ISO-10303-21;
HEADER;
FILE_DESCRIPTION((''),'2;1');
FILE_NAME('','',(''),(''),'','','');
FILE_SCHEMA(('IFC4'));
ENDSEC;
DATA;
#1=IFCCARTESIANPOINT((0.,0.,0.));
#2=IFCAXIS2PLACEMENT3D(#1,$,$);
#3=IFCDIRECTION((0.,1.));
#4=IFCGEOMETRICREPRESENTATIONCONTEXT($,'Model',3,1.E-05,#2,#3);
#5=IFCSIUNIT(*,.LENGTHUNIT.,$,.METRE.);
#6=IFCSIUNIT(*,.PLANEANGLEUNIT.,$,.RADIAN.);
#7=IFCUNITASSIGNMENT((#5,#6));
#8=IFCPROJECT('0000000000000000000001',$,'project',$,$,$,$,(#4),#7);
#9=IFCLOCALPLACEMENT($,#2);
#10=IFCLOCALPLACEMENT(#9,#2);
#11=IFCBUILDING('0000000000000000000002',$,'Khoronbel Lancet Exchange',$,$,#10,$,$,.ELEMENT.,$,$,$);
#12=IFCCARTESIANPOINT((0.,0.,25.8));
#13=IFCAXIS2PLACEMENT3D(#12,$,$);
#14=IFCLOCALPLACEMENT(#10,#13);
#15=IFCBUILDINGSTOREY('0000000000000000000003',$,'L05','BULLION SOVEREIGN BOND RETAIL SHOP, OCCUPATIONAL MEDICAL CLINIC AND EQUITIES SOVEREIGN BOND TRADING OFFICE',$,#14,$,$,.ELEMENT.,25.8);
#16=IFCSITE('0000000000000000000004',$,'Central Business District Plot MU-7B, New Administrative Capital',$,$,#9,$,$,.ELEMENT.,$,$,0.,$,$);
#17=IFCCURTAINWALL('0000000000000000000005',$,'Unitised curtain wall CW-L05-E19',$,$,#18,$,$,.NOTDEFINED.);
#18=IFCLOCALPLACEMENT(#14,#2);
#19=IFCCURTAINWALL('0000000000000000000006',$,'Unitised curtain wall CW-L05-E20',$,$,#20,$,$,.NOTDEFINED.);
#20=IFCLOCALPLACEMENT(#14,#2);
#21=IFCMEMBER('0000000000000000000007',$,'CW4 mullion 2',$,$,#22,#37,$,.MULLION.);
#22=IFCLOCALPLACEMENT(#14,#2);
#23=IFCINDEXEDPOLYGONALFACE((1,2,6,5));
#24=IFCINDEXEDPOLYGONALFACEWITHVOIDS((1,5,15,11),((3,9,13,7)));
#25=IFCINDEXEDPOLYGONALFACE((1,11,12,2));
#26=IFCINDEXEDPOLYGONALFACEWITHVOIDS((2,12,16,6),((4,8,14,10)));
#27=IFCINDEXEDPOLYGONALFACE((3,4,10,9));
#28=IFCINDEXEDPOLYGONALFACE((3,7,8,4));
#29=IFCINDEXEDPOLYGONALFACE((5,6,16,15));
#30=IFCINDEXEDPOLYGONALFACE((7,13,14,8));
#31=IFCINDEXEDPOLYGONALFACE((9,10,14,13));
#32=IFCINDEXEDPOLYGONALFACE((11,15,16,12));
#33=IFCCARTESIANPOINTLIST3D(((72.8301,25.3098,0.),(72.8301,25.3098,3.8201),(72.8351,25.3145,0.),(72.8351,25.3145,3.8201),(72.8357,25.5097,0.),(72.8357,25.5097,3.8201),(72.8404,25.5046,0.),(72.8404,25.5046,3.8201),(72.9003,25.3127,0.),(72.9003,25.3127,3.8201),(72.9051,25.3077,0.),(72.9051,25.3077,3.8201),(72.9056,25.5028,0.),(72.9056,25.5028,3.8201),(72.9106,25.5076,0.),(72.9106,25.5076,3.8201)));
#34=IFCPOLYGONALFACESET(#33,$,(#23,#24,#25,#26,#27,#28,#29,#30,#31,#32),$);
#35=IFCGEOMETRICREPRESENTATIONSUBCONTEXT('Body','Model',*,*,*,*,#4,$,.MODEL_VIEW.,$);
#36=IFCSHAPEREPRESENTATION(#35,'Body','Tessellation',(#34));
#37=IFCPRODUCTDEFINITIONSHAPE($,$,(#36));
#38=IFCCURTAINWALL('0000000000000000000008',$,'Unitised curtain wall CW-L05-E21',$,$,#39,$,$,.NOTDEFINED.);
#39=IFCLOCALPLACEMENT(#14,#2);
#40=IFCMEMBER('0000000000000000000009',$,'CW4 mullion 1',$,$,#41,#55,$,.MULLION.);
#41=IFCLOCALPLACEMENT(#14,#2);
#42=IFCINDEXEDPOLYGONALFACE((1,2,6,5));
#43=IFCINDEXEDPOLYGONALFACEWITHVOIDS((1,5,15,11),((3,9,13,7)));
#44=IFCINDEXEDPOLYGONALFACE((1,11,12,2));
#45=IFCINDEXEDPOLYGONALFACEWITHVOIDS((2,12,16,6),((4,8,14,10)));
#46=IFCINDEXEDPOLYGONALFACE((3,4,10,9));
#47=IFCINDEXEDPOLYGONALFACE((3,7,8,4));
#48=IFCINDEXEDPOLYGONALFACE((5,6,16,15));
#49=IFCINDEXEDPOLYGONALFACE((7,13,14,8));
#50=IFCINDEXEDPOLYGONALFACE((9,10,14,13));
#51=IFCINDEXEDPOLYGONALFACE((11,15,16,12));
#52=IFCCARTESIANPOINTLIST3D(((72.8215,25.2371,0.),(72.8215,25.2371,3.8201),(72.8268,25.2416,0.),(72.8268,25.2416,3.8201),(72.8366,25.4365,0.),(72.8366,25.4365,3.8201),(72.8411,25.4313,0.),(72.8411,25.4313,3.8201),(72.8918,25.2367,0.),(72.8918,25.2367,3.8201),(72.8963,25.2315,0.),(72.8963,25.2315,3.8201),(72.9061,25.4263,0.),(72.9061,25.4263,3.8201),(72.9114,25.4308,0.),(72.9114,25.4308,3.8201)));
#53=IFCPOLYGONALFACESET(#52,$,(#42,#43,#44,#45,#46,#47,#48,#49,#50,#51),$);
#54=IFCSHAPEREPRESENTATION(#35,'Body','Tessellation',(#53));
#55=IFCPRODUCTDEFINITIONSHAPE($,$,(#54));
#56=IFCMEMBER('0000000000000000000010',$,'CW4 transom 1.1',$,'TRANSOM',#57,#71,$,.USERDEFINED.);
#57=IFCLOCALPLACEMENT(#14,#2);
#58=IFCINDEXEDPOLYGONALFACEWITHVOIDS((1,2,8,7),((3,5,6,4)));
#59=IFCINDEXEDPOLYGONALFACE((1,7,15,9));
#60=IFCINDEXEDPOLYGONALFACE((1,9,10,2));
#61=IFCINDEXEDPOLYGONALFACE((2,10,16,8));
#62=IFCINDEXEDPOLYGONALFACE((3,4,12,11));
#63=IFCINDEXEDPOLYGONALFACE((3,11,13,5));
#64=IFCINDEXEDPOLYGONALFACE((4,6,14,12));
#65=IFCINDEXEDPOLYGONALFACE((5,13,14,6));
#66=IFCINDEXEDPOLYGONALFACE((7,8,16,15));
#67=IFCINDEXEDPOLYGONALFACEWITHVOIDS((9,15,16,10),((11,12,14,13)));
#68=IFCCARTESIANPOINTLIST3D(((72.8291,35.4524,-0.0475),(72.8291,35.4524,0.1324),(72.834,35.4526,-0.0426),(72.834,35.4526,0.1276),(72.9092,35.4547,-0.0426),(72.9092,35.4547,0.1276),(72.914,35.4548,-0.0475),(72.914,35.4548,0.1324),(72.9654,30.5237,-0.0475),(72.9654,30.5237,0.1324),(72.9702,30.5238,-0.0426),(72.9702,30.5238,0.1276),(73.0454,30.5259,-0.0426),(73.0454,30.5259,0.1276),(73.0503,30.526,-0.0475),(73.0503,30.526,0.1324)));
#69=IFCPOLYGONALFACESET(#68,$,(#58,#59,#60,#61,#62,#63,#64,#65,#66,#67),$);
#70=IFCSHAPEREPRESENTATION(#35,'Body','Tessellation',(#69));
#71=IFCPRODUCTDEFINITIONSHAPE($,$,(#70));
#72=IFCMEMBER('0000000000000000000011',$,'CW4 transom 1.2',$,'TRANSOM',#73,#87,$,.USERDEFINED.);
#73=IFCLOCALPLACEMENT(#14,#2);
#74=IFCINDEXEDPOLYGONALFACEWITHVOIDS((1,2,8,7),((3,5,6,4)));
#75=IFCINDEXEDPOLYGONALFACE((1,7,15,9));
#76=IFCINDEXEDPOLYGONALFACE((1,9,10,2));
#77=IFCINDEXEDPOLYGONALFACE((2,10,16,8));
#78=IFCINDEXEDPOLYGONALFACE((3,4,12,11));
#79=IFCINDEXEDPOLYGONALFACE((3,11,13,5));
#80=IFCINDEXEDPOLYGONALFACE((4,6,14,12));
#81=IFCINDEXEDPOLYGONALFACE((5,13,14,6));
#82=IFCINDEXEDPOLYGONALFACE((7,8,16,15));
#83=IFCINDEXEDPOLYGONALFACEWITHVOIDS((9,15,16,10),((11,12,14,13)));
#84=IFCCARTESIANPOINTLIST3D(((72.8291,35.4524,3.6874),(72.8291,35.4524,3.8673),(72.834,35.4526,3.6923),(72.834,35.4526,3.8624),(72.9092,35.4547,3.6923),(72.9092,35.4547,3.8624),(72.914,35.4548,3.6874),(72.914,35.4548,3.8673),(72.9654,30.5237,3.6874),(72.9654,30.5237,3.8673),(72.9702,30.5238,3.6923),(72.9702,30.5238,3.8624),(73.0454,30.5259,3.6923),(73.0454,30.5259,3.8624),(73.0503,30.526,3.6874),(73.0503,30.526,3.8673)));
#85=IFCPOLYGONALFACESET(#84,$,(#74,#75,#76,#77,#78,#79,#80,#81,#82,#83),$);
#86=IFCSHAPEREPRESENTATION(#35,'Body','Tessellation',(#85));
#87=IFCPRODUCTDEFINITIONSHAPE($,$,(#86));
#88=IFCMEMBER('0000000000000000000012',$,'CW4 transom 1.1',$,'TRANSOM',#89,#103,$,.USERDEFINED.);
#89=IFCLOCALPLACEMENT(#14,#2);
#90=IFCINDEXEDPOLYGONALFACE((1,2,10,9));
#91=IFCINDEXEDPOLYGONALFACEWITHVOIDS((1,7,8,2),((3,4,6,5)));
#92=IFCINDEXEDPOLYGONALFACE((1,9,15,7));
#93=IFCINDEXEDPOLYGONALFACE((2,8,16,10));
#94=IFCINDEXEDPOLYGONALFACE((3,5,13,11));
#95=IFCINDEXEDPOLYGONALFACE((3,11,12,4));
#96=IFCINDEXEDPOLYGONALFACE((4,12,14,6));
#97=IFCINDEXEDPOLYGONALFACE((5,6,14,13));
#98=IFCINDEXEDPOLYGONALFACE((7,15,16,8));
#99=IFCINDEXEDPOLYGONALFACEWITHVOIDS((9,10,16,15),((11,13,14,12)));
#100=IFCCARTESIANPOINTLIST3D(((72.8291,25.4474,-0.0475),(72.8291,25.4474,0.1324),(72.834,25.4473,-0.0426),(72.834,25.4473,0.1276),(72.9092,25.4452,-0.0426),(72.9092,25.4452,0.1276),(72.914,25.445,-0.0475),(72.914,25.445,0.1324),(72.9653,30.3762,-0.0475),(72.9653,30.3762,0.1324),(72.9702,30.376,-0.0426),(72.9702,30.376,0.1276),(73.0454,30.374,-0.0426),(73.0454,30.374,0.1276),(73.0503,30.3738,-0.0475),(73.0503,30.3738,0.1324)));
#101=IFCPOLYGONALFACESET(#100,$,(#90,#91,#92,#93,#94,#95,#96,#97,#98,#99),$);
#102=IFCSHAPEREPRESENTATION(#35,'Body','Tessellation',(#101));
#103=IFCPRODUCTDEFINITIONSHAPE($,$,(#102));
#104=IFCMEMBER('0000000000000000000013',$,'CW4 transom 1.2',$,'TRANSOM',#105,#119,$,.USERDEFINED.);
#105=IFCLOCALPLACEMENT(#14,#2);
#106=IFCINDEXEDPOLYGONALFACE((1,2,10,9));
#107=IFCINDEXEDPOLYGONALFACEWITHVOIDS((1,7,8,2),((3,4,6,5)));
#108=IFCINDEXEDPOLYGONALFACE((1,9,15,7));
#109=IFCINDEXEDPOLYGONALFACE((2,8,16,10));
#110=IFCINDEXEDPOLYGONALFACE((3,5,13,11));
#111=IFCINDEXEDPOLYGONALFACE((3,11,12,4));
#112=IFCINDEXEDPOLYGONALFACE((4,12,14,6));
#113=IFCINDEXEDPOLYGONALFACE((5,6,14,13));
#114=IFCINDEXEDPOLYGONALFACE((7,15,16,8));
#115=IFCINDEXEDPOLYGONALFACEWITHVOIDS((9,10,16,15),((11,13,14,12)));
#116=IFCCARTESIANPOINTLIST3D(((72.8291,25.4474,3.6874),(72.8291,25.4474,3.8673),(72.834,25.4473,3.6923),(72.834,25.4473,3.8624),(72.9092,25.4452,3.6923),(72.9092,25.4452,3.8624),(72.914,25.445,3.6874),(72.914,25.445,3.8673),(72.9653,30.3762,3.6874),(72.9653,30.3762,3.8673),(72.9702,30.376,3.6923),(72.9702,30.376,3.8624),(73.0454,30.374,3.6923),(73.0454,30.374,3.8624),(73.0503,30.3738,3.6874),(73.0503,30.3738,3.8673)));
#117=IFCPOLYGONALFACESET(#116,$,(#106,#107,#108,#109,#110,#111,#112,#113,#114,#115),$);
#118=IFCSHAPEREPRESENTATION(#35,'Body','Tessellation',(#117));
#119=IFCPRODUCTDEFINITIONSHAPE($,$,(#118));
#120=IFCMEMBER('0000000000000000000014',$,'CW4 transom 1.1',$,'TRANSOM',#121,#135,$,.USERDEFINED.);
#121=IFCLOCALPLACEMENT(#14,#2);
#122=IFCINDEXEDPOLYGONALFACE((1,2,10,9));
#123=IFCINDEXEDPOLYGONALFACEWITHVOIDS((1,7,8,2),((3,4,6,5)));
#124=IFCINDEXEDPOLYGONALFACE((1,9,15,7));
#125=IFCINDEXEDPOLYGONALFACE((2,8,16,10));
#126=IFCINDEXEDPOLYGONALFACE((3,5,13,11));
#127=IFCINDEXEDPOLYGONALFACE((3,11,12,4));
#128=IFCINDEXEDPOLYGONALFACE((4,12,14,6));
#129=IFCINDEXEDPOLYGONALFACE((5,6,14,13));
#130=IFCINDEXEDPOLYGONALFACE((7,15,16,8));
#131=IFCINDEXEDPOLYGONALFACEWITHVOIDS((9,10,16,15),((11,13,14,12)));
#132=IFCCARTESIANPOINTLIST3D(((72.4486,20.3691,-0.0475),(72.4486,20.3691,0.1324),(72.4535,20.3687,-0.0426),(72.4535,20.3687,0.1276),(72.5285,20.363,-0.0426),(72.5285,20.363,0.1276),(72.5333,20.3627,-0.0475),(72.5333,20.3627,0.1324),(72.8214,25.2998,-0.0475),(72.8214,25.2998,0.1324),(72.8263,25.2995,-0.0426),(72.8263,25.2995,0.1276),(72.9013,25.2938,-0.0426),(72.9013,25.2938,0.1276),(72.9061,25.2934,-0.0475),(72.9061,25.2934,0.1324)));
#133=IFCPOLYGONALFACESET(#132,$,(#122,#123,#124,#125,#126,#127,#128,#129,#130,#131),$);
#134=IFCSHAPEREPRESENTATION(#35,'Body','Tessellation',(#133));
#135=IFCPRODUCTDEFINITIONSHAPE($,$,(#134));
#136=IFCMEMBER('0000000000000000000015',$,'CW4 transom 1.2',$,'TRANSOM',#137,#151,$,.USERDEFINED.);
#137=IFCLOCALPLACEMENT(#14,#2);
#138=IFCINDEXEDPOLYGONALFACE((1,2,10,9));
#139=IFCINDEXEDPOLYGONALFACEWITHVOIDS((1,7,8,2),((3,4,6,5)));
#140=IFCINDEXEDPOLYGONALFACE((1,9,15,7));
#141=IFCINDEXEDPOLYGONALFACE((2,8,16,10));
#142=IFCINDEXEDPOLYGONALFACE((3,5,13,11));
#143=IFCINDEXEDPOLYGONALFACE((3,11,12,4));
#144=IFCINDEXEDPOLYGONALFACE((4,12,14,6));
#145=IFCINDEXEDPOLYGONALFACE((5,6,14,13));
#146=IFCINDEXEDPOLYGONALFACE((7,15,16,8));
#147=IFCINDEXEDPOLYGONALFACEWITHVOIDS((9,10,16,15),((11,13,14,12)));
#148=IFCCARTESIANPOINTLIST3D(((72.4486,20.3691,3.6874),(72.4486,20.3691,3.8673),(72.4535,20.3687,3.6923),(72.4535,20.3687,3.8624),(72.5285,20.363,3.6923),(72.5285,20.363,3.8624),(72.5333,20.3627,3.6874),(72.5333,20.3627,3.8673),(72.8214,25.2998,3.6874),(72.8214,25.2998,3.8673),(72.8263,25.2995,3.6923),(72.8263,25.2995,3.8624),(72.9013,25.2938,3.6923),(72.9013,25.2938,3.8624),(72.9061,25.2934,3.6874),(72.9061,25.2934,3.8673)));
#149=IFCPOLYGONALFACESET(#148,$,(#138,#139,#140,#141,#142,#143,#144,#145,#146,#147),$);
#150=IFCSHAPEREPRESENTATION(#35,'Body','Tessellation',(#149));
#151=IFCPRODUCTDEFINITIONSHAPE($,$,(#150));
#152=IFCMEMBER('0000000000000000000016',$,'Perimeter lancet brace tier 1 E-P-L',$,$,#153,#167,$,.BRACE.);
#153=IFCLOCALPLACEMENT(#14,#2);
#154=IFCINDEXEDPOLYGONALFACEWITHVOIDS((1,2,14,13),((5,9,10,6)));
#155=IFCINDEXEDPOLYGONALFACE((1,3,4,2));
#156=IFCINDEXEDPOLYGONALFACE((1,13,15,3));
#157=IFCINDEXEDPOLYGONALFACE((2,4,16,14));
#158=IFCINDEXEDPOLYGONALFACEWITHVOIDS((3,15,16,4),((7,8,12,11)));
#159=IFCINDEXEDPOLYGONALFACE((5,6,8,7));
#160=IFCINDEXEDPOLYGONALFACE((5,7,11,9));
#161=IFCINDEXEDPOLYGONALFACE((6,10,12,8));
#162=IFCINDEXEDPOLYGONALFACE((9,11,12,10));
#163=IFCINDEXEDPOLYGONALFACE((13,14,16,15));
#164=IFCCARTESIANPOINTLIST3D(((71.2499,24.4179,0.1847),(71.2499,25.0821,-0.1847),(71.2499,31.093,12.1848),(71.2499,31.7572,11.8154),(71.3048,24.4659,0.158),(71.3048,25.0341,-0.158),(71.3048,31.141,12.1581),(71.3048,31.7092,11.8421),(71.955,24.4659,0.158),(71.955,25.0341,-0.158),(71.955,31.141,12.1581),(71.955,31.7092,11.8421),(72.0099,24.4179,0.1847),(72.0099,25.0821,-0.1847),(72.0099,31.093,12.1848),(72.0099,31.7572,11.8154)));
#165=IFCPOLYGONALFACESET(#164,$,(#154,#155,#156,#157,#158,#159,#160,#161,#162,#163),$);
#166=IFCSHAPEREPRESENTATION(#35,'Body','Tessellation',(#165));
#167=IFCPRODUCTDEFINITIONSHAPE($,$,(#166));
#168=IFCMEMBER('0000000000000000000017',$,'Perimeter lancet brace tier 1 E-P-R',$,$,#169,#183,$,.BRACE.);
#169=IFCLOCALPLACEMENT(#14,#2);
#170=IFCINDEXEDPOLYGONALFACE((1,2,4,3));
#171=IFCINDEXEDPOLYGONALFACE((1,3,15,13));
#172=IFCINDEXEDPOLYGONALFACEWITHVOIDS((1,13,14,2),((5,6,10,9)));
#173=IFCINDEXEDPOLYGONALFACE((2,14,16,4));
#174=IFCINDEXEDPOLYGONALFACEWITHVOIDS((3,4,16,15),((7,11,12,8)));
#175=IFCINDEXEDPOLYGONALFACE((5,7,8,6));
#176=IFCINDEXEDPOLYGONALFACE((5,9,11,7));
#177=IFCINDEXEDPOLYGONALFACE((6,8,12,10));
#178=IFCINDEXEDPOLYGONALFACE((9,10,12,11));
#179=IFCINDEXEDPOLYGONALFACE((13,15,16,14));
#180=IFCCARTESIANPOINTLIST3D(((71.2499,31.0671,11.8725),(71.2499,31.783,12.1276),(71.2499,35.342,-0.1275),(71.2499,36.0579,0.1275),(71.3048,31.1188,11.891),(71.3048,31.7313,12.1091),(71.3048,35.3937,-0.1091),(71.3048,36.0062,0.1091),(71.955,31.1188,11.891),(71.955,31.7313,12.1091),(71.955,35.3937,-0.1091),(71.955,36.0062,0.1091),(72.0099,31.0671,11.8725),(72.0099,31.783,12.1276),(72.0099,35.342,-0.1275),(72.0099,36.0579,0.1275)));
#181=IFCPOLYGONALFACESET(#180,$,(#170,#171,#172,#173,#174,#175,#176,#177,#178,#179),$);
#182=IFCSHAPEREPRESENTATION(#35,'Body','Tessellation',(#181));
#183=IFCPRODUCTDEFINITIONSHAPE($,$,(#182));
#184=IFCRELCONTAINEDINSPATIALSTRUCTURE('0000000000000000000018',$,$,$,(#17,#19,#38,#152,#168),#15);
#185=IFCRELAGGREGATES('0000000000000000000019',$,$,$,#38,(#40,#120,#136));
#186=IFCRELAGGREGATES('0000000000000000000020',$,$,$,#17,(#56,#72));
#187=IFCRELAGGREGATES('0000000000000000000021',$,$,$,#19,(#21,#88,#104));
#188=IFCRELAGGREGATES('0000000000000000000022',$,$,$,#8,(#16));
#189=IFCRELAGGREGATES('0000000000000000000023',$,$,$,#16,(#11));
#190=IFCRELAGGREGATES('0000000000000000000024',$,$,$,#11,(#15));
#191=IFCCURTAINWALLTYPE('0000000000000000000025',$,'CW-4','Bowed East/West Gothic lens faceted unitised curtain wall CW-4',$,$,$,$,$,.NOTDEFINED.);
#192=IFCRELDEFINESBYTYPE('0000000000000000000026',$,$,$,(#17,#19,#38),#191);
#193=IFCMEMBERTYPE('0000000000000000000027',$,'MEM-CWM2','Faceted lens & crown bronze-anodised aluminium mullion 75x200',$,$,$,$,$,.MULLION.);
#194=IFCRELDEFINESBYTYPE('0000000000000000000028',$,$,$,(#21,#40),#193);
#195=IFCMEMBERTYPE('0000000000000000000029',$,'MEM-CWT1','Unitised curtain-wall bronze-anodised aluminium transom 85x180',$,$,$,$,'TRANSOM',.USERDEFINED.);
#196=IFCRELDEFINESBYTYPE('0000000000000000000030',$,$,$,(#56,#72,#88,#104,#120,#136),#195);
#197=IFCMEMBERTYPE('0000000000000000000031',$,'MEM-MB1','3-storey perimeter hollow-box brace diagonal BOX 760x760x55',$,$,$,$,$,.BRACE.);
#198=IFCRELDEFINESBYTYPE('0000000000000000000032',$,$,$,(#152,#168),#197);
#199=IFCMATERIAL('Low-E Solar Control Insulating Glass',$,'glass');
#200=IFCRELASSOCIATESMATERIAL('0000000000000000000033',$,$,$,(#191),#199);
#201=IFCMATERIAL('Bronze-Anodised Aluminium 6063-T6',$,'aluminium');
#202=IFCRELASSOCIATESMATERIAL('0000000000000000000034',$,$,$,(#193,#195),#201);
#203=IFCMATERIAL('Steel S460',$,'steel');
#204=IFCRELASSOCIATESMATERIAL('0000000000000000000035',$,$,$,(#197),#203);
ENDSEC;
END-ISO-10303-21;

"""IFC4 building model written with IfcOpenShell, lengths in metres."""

from ifc_helpers import new_model, si_unit, direction, frame, origin, origin_2d, place, context, subcontext, project, spatial, hollow_rectangle, extrude, material, material_profile, profile_set, type_object, element, aggregate, save


model = new_model("IFC4")

# Units and contexts
model_context = context("Model", 3, precision=1e-05, world=origin(), true_north=direction((0.0, 1.0)))
body_context = subcontext(model_context, "Body", "Model", "MODEL_VIEW")
ifc_project = project(units=[si_unit("LENGTHUNIT", "METRE"), si_unit("PLANEANGLEUNIT", "RADIAN")], contexts=[model_context])

# Site, building, storey
site_placement = place(None, origin())
site = spatial("IfcSite", under=ifc_project, at=site_placement, Name="Central Business District Plot MU-7B, New Administrative Capital", CompositionType="ELEMENT", RefElevation=0.0)
building_placement = place(site_placement, origin())
building = spatial("IfcBuilding", under=site, at=building_placement, Name="Khoronbel Lancet Exchange", CompositionType="ELEMENT")
storey_placement = place(building_placement, frame((0.0, 0.0, 25.8)))
storey = spatial("IfcBuildingStorey", under=building, at=storey_placement, Name="L05", Description="BULLION SOVEREIGN BOND RETAIL SHOP, OCCUPATIONAL MEDICAL CLINIC AND EQUITIES SOVEREIGN BOND TRADING OFFICE", CompositionType="ELEMENT", Elevation=25.8)

# Shared definitions
ifc_material_1 = material(Name="Low-E Solar Control Insulating Glass", Category="glass")
curtain_wall_type = type_object("IfcCurtainWallType", Name="CW-4", Description="Bowed East/West Gothic lens faceted unitised curtain wall CW-4", PredefinedType="NOTDEFINED", material=ifc_material_1)
ifc_material_2 = material(Name="Bronze-Anodised Aluminium 6063-T6", Category="aluminium")
ifc_material_profile_1 = material_profile(ifc_material_2, hollow_rectangle(XDim=0.075, YDim=0.2, WallThickness=0.0049, at=origin_2d()), Name="ALU MULLION 75x200")
ifc_profile_set_1 = profile_set([ifc_material_profile_1], Name="Bronze-Anodised Aluminium 6063-T6")
member_type_1 = type_object("IfcMemberType", Name="MEM-CWM2", Description="Faceted lens & crown bronze-anodised aluminium mullion 75x200", PredefinedType="MULLION", material=ifc_profile_set_1)

# Curtain walls, member
curtain_wall_1_placement = place(storey_placement, origin())
curtain_wall_1 = element("IfcCurtainWall", 1, at=curtain_wall_1_placement, inside=storey, type_object=curtain_wall_type, Name="Unitised curtain wall CW-L05-E19", PredefinedType="NOTDEFINED")
curtain_wall_2_placement = place(storey_placement, origin())
curtain_wall_2 = element("IfcCurtainWall", 2, at=curtain_wall_2_placement, inside=storey, type_object=curtain_wall_type, Name="Unitised curtain wall CW-L05-E20", PredefinedType="NOTDEFINED")
member_1_placement = place(storey_placement, frame((72.8704, 25.4087, 0.0), z_axis=(0.0, 0.0, 1.0), x_axis=(0.999617, -0.027674, 0.0)))
member_1 = element("IfcMember", 3, at=member_1_placement, type_object=member_type_1, Name="CW4 mullion 2", PredefinedType="MULLION", context=body_context, shape_type="SweptSolid", body=[
    extrude(hollow_rectangle(XDim=0.075, YDim=0.2, WallThickness=0.0049, at=origin_2d()), origin(), (0.0, 0.0, 1.0), 3.8201),
])

# Curtain wall, member
curtain_wall_3_placement = place(storey_placement, origin())
curtain_wall_3 = element("IfcCurtainWall", 4, at=curtain_wall_3_placement, inside=storey, type_object=curtain_wall_type, Name="Unitised curtain wall CW-L05-E21", PredefinedType="NOTDEFINED")
member_2_placement = place(storey_placement, frame((72.8665, 25.334, 0.0), z_axis=(0.0, 0.0, 1.0), x_axis=(0.997154, -0.075395, 0.0)))
member_2 = element("IfcMember", 5, at=member_2_placement, type_object=member_type_1, Name="CW4 mullion 1", PredefinedType="MULLION", context=body_context, shape_type="SweptSolid", body=[
    extrude(hollow_rectangle(XDim=0.075, YDim=0.2, WallThickness=0.0049, at=origin_2d()), origin(), (0.0, 0.0, 1.0), 3.8201),
])

# Members
ifc_material_profile_2 = material_profile(ifc_material_2, hollow_rectangle(XDim=0.085, YDim=0.1799, WallThickness=0.0049, at=origin_2d()), Name="ALU TRANSOM 85x180")
ifc_profile_set_2 = profile_set([ifc_material_profile_2], Name="Bronze-Anodised Aluminium 6063-T6")
member_type_2 = type_object("IfcMemberType", Name="MEM-CWT1", Description="Unitised curtain-wall bronze-anodised aluminium transom 85x180", ElementType="TRANSOM", PredefinedType="USERDEFINED", material=ifc_profile_set_2)
member_3_placement = place(storey_placement, frame((72.8716, 35.4536, 0.0425), z_axis=(0.02763, -0.999618, 0.0), x_axis=(0.999618, 0.02763, 0.0)))
member_3 = element("IfcMember", 6, at=member_3_placement, type_object=member_type_2, Name="CW4 transom 1.1", ObjectType="TRANSOM", PredefinedType="USERDEFINED", context=body_context, shape_type="SweptSolid", body=[
    extrude(hollow_rectangle(XDim=0.085, YDim=0.1799, WallThickness=0.0049, at=origin_2d()), origin(), (0.0, 0.0, 1.0), 4.9307),
])
member_4_placement = place(storey_placement, frame((72.8716, 35.4536, 3.7773), z_axis=(0.02763, -0.999618, 0.0), x_axis=(0.999618, 0.02763, 0.0)))
member_4 = element("IfcMember", 7, at=member_4_placement, type_object=member_type_2, Name="CW4 transom 1.2", ObjectType="TRANSOM", PredefinedType="USERDEFINED", context=body_context, shape_type="SweptSolid", body=[
    extrude(hollow_rectangle(XDim=0.085, YDim=0.1799, WallThickness=0.0049, at=origin_2d()), origin(), (0.0, 0.0, 1.0), 4.9307),
])
member_5_placement = place(storey_placement, frame((73.0078, 30.375, 0.0425), z_axis=(-0.02763, -0.999618, 0.0), x_axis=(0.999618, -0.02763, 0.0)))
member_5 = element("IfcMember", 8, at=member_5_placement, type_object=member_type_2, Name="CW4 transom 1.1", ObjectType="TRANSOM", PredefinedType="USERDEFINED", context=body_context, shape_type="SweptSolid", body=[
    extrude(hollow_rectangle(XDim=0.085, YDim=0.1799, WallThickness=0.0049, at=origin_2d()), origin(), (0.0, 0.0, 1.0), 4.9307),
])
member_6_placement = place(storey_placement, frame((73.0078, 30.375, 3.7773), z_axis=(-0.02763, -0.999618, 0.0), x_axis=(0.999618, -0.02763, 0.0)))
member_6 = element("IfcMember", 9, at=member_6_placement, type_object=member_type_2, Name="CW4 transom 1.2", ObjectType="TRANSOM", PredefinedType="USERDEFINED", context=body_context, shape_type="SweptSolid", body=[
    extrude(hollow_rectangle(XDim=0.085, YDim=0.1799, WallThickness=0.0049, at=origin_2d()), origin(), (0.0, 0.0, 1.0), 4.9307),
])
member_7_placement = place(storey_placement, frame((72.8638, 25.2966, 0.0425), z_axis=(-0.075394, -0.997154, 0.0), x_axis=(0.997154, -0.075394, 0.0)))
member_7 = element("IfcMember", 10, at=member_7_placement, type_object=member_type_2, Name="CW4 transom 1.1", ObjectType="TRANSOM", PredefinedType="USERDEFINED", context=body_context, shape_type="SweptSolid", body=[
    extrude(hollow_rectangle(XDim=0.085, YDim=0.1799, WallThickness=0.0049, at=origin_2d()), origin(), (0.0, 0.0, 1.0), 4.9448),
])
member_8_placement = place(storey_placement, frame((72.8638, 25.2966, 3.7773), z_axis=(-0.075394, -0.997154, 0.0), x_axis=(0.997154, -0.075394, 0.0)))
member_8 = element("IfcMember", 11, at=member_8_placement, type_object=member_type_2, Name="CW4 transom 1.2", ObjectType="TRANSOM", PredefinedType="USERDEFINED", context=body_context, shape_type="SweptSolid", body=[
    extrude(hollow_rectangle(XDim=0.085, YDim=0.1799, WallThickness=0.0049, at=origin_2d()), origin(), (0.0, 0.0, 1.0), 4.9448),
])
aggregate(curtain_wall_3, [member_2, member_7, member_8])

# Members
ifc_material_3 = material(Name="Steel S460", Category="steel")
ifc_material_profile_3 = material_profile(ifc_material_3, hollow_rectangle(XDim=0.76, YDim=0.76, WallThickness=0.0549, at=origin_2d()), Name="BOX 760x760x55")
ifc_profile_set_3 = profile_set([ifc_material_profile_3], Name="Steel S460")
member_type_3 = type_object("IfcMemberType", Name="MEM-MB1", Description="3-storey perimeter hollow-box brace diagonal BOX 760x760x55", PredefinedType="BRACE", material=ifc_profile_set_3)
member_9_placement = place(storey_placement, frame((71.6299, 24.75, 0.0), z_axis=(0.0, 0.486109, 0.873898), x_axis=(-1.0, 0.0, 0.0)))
element("IfcMember", 12, at=member_9_placement, inside=storey, type_object=member_type_3, Name="Perimeter lancet brace tier 1 E-P-L", PredefinedType="BRACE", context=body_context, shape_type="SweptSolid", body=[
    extrude(hollow_rectangle(XDim=0.76, YDim=0.76, WallThickness=0.0549, at=origin_2d()), origin(), (0.0, 0.0, 1.0), 13.7317),
])
member_10_placement = place(storey_placement, frame((71.6299, 35.7, 0.0), z_axis=(0.0, -0.335584, 0.94201), x_axis=(1.0, 0.0, 0.0)))
element("IfcMember", 13, at=member_10_placement, inside=storey, type_object=member_type_3, Name="Perimeter lancet brace tier 1 E-P-R", PredefinedType="BRACE", context=body_context, shape_type="SweptSolid", body=[
    extrude(hollow_rectangle(XDim=0.76, YDim=0.76, WallThickness=0.0549, at=origin_2d()), origin(), (0.0, 0.0, 1.0), 12.7388),
])

aggregate(curtain_wall_1, [member_3, member_4])
aggregate(curtain_wall_2, [member_1, member_5, member_6])

save(model, "model.ifc")
